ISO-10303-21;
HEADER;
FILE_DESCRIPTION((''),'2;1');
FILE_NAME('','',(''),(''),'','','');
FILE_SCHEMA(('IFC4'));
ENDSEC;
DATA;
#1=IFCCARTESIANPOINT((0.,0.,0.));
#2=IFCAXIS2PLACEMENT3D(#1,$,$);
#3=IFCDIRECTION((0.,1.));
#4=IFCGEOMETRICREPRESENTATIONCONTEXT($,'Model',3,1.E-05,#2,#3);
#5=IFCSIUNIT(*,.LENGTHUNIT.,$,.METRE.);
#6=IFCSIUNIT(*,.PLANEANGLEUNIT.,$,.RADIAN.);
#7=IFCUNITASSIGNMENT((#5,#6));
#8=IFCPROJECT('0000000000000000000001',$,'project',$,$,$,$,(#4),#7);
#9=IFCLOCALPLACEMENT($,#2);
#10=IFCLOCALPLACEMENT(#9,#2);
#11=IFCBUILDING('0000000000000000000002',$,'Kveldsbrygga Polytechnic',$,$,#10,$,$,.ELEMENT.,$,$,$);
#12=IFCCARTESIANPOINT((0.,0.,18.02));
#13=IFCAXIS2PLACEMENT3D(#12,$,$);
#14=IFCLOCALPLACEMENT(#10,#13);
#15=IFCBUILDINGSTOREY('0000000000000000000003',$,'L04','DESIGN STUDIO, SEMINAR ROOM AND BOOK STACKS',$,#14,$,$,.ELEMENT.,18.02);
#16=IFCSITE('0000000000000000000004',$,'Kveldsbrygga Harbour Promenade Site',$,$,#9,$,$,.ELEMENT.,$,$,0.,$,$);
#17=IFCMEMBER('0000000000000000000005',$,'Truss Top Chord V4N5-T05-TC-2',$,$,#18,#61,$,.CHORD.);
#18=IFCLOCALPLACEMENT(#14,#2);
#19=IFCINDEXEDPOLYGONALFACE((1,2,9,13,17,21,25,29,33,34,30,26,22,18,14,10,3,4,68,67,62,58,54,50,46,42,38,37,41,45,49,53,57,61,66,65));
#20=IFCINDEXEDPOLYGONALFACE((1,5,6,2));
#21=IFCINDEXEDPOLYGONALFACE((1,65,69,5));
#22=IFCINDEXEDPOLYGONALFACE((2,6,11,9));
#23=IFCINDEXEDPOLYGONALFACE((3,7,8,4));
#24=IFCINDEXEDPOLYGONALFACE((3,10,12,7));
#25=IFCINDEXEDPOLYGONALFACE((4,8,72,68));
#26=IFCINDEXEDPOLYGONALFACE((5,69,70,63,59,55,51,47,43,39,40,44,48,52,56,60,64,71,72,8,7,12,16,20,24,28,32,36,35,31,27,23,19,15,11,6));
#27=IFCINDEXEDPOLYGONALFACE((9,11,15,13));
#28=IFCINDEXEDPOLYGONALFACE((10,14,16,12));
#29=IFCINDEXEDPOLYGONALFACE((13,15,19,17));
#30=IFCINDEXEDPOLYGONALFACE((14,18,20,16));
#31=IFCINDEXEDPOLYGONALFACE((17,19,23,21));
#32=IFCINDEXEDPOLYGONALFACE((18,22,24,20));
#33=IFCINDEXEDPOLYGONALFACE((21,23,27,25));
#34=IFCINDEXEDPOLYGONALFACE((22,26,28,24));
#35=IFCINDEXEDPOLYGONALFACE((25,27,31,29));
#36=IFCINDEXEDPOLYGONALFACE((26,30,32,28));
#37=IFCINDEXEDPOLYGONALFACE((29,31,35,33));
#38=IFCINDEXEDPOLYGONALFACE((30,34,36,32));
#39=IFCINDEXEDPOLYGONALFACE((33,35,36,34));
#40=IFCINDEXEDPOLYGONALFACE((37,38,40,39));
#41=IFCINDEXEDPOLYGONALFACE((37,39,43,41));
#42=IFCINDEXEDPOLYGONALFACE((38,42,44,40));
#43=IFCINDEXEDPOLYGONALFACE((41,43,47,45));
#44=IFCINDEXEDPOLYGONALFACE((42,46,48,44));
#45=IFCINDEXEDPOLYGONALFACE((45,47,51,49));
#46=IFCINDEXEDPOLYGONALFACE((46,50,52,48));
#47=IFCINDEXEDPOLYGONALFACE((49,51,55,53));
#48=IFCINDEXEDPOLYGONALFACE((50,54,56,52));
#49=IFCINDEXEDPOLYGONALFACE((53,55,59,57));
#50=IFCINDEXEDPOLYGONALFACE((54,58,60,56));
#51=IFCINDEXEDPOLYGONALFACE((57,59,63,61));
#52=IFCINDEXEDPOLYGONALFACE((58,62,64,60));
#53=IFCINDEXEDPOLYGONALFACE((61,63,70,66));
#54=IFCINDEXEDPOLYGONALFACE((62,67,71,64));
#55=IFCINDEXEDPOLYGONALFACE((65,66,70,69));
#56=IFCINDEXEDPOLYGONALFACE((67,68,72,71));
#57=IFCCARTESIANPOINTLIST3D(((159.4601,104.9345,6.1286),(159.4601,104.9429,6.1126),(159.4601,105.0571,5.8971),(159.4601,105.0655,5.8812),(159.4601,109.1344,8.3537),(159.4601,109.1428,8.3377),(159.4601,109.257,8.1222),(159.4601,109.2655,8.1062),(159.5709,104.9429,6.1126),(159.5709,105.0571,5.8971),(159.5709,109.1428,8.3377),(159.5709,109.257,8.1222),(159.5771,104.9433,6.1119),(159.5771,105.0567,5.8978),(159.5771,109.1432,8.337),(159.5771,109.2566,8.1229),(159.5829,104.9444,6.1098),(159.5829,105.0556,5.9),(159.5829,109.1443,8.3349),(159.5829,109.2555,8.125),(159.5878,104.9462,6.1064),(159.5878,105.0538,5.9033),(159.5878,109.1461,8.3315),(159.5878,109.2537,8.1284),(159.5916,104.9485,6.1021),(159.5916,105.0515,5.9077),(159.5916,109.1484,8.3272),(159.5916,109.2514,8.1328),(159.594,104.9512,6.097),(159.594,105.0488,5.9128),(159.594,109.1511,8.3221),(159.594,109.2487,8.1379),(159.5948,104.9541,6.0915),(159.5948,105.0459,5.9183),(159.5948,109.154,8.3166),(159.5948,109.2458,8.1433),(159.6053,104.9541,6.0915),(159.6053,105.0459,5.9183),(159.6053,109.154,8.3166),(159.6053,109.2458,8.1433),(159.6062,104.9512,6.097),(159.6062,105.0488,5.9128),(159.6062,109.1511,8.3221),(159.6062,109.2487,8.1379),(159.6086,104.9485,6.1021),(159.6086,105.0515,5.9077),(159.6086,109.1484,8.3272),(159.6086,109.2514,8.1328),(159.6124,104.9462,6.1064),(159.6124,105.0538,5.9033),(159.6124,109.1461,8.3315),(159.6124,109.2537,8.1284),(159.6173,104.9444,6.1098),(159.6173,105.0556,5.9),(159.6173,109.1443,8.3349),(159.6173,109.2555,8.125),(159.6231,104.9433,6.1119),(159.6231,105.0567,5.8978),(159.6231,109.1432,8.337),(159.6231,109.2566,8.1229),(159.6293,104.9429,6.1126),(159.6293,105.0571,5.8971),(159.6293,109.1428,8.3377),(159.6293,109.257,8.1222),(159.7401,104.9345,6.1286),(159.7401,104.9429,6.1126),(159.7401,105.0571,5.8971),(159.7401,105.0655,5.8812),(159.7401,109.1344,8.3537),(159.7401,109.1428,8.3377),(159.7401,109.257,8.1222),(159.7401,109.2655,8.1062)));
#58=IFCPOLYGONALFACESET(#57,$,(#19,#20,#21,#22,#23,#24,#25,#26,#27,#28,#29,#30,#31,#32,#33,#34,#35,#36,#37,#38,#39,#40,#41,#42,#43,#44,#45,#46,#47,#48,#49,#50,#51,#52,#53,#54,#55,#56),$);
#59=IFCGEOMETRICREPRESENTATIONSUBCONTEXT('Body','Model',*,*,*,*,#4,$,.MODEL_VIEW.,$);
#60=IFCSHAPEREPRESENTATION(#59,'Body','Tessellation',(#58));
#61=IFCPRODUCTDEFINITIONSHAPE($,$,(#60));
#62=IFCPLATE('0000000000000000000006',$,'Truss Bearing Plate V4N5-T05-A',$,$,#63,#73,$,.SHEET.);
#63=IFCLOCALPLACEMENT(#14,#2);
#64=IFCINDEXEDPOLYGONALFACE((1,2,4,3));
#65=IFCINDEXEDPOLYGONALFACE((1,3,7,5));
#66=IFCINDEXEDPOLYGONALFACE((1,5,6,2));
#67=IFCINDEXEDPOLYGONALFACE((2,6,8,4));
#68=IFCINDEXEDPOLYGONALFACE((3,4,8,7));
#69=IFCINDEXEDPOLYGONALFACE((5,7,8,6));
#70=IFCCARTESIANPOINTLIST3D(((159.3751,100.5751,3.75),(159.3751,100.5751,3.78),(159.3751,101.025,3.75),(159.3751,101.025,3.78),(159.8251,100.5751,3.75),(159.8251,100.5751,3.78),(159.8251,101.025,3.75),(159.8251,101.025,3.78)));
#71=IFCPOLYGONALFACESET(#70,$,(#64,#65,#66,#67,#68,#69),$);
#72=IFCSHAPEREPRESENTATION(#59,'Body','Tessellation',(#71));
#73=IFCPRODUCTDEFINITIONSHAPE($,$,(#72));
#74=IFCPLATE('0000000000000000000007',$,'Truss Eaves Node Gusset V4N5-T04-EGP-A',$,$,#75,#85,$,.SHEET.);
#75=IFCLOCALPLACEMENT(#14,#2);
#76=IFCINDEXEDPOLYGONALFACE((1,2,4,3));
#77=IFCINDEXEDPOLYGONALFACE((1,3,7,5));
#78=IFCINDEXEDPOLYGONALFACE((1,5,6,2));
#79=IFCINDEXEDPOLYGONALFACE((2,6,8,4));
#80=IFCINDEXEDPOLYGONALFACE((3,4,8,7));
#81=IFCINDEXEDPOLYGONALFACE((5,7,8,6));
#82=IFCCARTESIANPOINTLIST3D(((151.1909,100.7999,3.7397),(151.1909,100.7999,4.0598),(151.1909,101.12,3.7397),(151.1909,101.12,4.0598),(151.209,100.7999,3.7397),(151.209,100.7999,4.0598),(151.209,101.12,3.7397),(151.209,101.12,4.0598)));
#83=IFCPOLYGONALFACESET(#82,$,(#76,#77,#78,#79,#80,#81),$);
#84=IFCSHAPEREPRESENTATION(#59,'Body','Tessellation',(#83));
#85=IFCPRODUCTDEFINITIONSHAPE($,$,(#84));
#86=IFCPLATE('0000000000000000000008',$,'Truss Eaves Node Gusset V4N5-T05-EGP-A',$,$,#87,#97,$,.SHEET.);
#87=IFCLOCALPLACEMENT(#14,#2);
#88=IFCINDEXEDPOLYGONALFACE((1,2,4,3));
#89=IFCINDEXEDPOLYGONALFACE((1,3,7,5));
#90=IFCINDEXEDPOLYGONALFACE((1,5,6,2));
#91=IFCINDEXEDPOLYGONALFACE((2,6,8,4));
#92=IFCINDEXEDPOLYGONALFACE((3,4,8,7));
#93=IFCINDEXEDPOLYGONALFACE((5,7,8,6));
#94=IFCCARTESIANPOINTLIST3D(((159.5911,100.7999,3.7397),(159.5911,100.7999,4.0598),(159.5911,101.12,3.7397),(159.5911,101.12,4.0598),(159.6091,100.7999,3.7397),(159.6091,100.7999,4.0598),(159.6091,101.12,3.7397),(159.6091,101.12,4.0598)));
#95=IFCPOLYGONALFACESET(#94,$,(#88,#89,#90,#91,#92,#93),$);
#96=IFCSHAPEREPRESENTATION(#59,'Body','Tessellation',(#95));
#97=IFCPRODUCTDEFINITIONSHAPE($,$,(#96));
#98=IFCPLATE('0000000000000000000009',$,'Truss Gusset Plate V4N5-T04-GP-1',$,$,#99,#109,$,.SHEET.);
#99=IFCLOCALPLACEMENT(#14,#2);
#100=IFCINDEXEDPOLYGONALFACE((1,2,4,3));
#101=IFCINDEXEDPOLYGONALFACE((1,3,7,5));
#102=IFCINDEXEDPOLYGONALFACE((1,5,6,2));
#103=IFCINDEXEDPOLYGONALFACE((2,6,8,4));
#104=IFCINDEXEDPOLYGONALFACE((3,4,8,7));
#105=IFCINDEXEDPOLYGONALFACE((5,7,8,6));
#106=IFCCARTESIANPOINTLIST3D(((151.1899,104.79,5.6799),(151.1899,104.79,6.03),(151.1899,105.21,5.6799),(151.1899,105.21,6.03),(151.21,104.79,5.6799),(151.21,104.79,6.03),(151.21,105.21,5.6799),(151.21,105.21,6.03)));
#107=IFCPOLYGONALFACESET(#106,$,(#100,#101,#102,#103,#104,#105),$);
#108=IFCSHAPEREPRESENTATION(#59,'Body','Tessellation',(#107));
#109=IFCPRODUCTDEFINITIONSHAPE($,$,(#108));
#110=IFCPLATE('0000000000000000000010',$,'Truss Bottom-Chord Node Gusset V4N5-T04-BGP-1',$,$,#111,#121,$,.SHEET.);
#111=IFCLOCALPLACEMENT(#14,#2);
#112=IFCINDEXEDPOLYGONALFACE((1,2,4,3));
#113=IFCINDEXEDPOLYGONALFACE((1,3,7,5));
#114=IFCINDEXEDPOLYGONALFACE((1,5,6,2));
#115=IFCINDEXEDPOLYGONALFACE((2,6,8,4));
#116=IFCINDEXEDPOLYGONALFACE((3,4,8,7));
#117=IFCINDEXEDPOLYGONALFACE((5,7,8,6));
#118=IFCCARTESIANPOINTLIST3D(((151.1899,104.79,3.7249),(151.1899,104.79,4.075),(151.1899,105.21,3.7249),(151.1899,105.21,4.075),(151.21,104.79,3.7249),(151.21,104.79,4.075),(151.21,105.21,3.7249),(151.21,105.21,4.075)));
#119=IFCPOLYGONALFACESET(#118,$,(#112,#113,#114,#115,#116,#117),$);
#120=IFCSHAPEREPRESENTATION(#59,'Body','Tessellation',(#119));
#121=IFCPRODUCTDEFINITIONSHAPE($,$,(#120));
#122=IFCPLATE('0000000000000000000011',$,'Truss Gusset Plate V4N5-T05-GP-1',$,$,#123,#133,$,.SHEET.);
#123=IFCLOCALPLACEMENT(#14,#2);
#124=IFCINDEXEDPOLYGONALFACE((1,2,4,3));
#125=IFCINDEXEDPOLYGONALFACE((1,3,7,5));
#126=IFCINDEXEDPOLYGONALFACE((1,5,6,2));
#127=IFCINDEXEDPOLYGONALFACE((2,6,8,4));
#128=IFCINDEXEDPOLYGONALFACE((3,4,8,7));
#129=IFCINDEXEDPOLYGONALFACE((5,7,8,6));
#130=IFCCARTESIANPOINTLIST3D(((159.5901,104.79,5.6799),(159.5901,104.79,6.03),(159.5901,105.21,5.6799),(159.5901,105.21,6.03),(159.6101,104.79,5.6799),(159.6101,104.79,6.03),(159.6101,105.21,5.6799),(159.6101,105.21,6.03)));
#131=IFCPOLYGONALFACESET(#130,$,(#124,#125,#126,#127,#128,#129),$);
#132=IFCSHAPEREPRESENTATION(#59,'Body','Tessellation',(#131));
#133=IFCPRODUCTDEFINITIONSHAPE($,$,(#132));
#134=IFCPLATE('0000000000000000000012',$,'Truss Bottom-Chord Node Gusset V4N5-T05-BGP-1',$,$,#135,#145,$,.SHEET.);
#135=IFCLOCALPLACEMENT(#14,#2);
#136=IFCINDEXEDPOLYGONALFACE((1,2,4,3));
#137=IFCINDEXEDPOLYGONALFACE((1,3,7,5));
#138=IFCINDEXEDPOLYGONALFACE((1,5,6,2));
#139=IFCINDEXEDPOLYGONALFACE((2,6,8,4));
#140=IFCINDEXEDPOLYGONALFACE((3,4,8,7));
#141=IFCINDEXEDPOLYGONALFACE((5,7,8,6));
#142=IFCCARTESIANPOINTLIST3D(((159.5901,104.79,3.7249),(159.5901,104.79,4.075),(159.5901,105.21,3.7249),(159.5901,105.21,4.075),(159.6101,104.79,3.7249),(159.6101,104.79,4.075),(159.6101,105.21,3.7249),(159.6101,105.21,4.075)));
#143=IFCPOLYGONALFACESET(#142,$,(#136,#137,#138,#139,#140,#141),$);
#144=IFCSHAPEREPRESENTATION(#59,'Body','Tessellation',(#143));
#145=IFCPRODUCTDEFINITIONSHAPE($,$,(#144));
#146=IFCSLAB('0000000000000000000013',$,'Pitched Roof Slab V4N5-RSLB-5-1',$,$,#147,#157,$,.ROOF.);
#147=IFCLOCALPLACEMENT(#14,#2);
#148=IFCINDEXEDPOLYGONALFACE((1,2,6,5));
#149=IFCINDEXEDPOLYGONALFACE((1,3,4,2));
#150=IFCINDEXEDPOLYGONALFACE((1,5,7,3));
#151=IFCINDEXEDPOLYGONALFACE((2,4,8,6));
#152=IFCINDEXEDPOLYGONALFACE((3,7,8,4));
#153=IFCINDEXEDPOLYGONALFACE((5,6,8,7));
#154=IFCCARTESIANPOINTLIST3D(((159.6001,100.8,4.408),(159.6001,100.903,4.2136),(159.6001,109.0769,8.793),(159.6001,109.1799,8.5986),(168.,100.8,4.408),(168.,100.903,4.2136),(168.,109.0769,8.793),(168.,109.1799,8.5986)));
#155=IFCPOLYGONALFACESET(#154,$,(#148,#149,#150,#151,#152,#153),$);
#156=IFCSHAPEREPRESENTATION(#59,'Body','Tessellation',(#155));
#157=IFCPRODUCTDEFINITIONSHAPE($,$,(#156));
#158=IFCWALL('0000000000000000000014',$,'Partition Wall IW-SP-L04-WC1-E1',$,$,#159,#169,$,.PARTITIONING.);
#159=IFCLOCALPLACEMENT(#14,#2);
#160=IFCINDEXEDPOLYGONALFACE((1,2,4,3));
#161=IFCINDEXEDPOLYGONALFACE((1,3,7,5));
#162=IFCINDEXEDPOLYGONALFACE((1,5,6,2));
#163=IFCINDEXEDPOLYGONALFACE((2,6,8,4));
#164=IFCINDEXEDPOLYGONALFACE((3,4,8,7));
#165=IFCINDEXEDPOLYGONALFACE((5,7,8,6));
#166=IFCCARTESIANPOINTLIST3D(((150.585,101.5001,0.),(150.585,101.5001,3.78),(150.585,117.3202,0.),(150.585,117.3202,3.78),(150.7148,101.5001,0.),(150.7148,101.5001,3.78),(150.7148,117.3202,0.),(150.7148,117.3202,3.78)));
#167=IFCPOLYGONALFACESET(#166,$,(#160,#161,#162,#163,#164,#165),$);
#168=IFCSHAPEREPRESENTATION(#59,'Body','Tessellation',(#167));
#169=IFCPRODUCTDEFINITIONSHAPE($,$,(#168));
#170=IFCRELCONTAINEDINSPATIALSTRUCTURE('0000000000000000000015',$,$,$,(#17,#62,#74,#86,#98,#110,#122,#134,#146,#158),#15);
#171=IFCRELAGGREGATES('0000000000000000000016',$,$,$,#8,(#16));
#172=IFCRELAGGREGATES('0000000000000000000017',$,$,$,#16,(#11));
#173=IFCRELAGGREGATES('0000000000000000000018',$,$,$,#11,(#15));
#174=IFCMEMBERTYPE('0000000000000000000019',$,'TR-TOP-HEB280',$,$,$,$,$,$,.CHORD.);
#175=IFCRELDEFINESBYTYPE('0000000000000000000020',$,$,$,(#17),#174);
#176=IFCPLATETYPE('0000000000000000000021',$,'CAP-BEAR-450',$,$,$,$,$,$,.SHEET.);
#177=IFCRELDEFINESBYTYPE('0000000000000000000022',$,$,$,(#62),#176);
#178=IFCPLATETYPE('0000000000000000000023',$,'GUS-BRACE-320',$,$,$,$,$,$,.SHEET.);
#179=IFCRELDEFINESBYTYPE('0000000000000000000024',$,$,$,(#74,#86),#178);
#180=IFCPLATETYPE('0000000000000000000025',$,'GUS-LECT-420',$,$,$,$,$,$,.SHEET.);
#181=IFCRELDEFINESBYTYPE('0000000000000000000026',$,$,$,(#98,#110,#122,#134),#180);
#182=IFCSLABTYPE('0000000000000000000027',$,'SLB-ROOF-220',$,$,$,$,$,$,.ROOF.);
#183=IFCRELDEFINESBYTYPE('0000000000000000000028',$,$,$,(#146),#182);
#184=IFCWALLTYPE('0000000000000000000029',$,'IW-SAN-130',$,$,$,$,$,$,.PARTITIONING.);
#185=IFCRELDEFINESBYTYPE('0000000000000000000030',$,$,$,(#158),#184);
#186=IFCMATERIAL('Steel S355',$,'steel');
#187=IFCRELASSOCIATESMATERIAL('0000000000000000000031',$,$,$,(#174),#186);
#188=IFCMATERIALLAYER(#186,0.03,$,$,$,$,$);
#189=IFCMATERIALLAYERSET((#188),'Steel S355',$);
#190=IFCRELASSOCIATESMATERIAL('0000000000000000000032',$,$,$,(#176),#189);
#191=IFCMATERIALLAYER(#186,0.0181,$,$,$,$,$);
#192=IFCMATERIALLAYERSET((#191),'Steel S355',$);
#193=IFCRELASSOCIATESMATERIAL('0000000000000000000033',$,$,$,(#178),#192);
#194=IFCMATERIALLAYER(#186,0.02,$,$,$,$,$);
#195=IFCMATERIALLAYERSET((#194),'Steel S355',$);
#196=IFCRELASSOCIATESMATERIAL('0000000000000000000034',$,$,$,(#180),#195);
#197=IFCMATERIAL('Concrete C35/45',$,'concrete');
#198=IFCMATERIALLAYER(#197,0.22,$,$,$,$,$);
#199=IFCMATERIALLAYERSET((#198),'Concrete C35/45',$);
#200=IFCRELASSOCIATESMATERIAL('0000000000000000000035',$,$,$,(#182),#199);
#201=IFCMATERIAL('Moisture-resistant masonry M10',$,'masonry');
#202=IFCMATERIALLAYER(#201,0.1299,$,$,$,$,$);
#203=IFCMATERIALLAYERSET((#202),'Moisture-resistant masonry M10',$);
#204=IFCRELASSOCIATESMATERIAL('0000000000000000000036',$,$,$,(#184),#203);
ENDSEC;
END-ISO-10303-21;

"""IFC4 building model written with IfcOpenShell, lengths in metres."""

from ifc_helpers import new_model, si_unit, direction, frame, frame_2d, origin, origin_2d, place, context, subcontext, project, spatial, polyline, rectangle, i_section, outline, extrude, material, layer, layer_set, material_profile, profile_set, type_object, element, save


model = new_model("IFC4")

# Units and contexts
model_context = context("Model", 3, precision=1e-05, world=origin(), true_north=direction((0.0, 1.0)))
body_context = subcontext(model_context, "Body", "Model", "MODEL_VIEW")
ifc_project = project(units=[si_unit("LENGTHUNIT", "METRE"), si_unit("PLANEANGLEUNIT", "RADIAN")], contexts=[model_context])

# Site, building, storey
site_placement = place(None, origin())
site = spatial("IfcSite", under=ifc_project, at=site_placement, Name="Kveldsbrygga Harbour Promenade Site", CompositionType="ELEMENT", RefElevation=0.0)
building_placement = place(site_placement, origin())
building = spatial("IfcBuilding", under=site, at=building_placement, Name="Kveldsbrygga Polytechnic", CompositionType="ELEMENT")
storey_placement = place(building_placement, frame((0.0, 0.0, 18.02)))
storey = spatial("IfcBuildingStorey", under=building, at=storey_placement, Name="L04", Description="DESIGN STUDIO, SEMINAR ROOM AND BOOK STACKS", CompositionType="ELEMENT", Elevation=18.02)

# Shared definitions
ifc_material_1 = material(Name="Concrete C35/45", Category="concrete")

# Member
ifc_material_2 = material(Name="Steel S355", Category="steel")
ifc_material_profile_1 = material_profile(ifc_material_2, i_section(OverallWidth=0.28, OverallDepth=0.28, WebThickness=0.0105, FlangeThickness=0.0181, FilletRadius=0.0239, at=origin_2d()), Name="HEB 280")
ifc_profile_set_1 = profile_set([ifc_material_profile_1], Name="Steel S355")
member_type_1 = type_object("IfcMemberType", Name="TR-TOP-HEB280", PredefinedType="CHORD", material=ifc_profile_set_1)
for number, where, z_axis, x_axis, name in (
    (1, (159.6001, 105.0, 6.0049), (0.0, 0.883649, 0.46815), (-1.0, 0.0, 0.0), "Truss Top Chord V4N5-T05-TC-2"),
):
    element("IfcMember", number, at=place(storey_placement, frame(where, z_axis=z_axis, x_axis=x_axis)), inside=storey, type_object=member_type_1, Name=name, PredefinedType="CHORD", context=body_context, shape_type="SweptSolid", body=[
        extrude(i_section(OverallWidth=0.28, OverallDepth=0.28, WebThickness=0.0105, FlangeThickness=0.0181, FilletRadius=0.0239, at=origin_2d()), origin(), (0.0, 0.0, 1.0), 4.7529),
    ])

# Plates
ifc_layer_1 = layer(ifc_material_2, 0.03)
ifc_layer_set_1 = layer_set([ifc_layer_1], Name="Steel S355")
plate_type_1 = type_object("IfcPlateType", Name="CAP-BEAR-450", PredefinedType="SHEET", material=ifc_layer_set_1)
plate_placement = place(storey_placement, frame((159.6001, 100.8, 3.75), z_axis=(0.0, 0.0, 1.0), x_axis=(1.0, 0.0, 0.0)))
element("IfcPlate", 2, at=plate_placement, inside=storey, type_object=plate_type_1, Name="Truss Bearing Plate V4N5-T05-A", PredefinedType="SHEET", context=body_context, shape_type="SweptSolid", body=[
    extrude(rectangle(XDim=0.45, YDim=0.45, at=origin_2d()), origin(), (0.0, 0.0, 1.0), 0.03),
])
ifc_layer_2 = layer(ifc_material_2, 0.0181)
ifc_layer_set_2 = layer_set([ifc_layer_2], Name="Steel S355")
plate_type_2 = type_object("IfcPlateType", Name="GUS-BRACE-320", PredefinedType="SHEET", material=ifc_layer_set_2)
for number, where, z_axis, x_axis, name in (
    (3, (151.2, 100.96, 3.7397), (0.0, 0.0, 1.0), (1.0, 0.0, 0.0), "Truss Eaves Node Gusset V4N5-T04-EGP-A"),
    (4, (159.6001, 100.96, 3.7397), (0.0, 0.0, 1.0), (1.0, 0.0, 0.0), "Truss Eaves Node Gusset V4N5-T05-EGP-A"),
):
    element("IfcPlate", number, at=place(storey_placement, frame(where, z_axis=z_axis, x_axis=x_axis)), inside=storey, type_object=plate_type_2, Name=name, PredefinedType="SHEET", context=body_context, shape_type="SweptSolid", body=[
        extrude(rectangle(XDim=0.0181, YDim=0.3201, at=origin_2d()), origin(), (0.0, 0.0, 1.0), 0.3201),
    ])
ifc_layer_3 = layer(ifc_material_2, 0.02)
ifc_layer_set_3 = layer_set([ifc_layer_3], Name="Steel S355")
plate_type_3 = type_object("IfcPlateType", Name="GUS-LECT-420", PredefinedType="SHEET", material=ifc_layer_set_3)
for number, where, z_axis, x_axis, name in (
    (5, (151.2, 105.0, 5.6799), (0.0, 0.0, 1.0), (1.0, 0.0, 0.0), "Truss Gusset Plate V4N5-T04-GP-1"),
    (6, (151.2, 105.0, 3.7249), (0.0, 0.0, 1.0), (1.0, 0.0, 0.0), "Truss Bottom-Chord Node Gusset V4N5-T04-BGP-1"),
    (7, (159.6001, 105.0, 5.6799), (0.0, 0.0, 1.0), (1.0, 0.0, 0.0), "Truss Gusset Plate V4N5-T05-GP-1"),
    (8, (159.6001, 105.0, 3.7249), (0.0, 0.0, 1.0), (1.0, 0.0, 0.0), "Truss Bottom-Chord Node Gusset V4N5-T05-BGP-1"),
):
    element("IfcPlate", number, at=place(storey_placement, frame(where, z_axis=z_axis, x_axis=x_axis)), inside=storey, type_object=plate_type_3, Name=name, PredefinedType="SHEET", context=body_context, shape_type="SweptSolid", body=[
        extrude(rectangle(XDim=0.02, YDim=0.4199, at=origin_2d()), origin(), (0.0, 0.0, 1.0), 0.3501),
    ])

# Slab
ifc_layer_4 = layer(ifc_material_1, 0.22)
ifc_layer_set_4 = layer_set([ifc_layer_4], Name="Concrete C35/45")
slab_type = type_object("IfcSlabType", Name="SLB-ROOF-220", PredefinedType="ROOF", material=ifc_layer_set_4)
slab_placement = place(storey_placement, frame((159.6001, 100.8, 4.408), z_axis=(0.0, -0.46815, 0.883649), x_axis=(1.0, 0.0, 0.0)))
element("IfcSlab", 9, at=slab_placement, inside=storey, type_object=slab_type, Name="Pitched Roof Slab V4N5-RSLB-5-1", PredefinedType="ROOF", context=body_context, shape_type="SweptSolid", body=[
    extrude(outline(polyline([(0.0, 0.0), (8.3999, 0.0), (8.3999, 9.3667), (0.0, 9.3667), (0.0, 0.0)])), origin(), (0.0, 0.0, -1.0), 0.22),
])

# Wall
ifc_material_3 = material(Name="Moisture-resistant masonry M10", Category="masonry")
ifc_layer_5 = layer(ifc_material_3, 0.1299)
ifc_layer_set_5 = layer_set([ifc_layer_5], Name="Moisture-resistant masonry M10")
wall_type = type_object("IfcWallType", Name="IW-SAN-130", PredefinedType="PARTITIONING", material=ifc_layer_set_5)
wall_placement = place(storey_placement, frame((150.6499, 101.5, 0.0), z_axis=(0.0, 0.0, 1.0), x_axis=(0.0, 1.0, 0.0)))
element("IfcWall", 10, at=wall_placement, inside=storey, type_object=wall_type, Name="Partition Wall IW-SP-L04-WC1-E1", PredefinedType="PARTITIONING", context=body_context, shape_type="SweptSolid", body=[
    extrude(rectangle(XDim=15.8201, YDim=0.1299, at=frame_2d((7.9102, 0.0))), origin(), (0.0, 0.0, 1.0), 3.78),
])

save(model, "model.ifc")
